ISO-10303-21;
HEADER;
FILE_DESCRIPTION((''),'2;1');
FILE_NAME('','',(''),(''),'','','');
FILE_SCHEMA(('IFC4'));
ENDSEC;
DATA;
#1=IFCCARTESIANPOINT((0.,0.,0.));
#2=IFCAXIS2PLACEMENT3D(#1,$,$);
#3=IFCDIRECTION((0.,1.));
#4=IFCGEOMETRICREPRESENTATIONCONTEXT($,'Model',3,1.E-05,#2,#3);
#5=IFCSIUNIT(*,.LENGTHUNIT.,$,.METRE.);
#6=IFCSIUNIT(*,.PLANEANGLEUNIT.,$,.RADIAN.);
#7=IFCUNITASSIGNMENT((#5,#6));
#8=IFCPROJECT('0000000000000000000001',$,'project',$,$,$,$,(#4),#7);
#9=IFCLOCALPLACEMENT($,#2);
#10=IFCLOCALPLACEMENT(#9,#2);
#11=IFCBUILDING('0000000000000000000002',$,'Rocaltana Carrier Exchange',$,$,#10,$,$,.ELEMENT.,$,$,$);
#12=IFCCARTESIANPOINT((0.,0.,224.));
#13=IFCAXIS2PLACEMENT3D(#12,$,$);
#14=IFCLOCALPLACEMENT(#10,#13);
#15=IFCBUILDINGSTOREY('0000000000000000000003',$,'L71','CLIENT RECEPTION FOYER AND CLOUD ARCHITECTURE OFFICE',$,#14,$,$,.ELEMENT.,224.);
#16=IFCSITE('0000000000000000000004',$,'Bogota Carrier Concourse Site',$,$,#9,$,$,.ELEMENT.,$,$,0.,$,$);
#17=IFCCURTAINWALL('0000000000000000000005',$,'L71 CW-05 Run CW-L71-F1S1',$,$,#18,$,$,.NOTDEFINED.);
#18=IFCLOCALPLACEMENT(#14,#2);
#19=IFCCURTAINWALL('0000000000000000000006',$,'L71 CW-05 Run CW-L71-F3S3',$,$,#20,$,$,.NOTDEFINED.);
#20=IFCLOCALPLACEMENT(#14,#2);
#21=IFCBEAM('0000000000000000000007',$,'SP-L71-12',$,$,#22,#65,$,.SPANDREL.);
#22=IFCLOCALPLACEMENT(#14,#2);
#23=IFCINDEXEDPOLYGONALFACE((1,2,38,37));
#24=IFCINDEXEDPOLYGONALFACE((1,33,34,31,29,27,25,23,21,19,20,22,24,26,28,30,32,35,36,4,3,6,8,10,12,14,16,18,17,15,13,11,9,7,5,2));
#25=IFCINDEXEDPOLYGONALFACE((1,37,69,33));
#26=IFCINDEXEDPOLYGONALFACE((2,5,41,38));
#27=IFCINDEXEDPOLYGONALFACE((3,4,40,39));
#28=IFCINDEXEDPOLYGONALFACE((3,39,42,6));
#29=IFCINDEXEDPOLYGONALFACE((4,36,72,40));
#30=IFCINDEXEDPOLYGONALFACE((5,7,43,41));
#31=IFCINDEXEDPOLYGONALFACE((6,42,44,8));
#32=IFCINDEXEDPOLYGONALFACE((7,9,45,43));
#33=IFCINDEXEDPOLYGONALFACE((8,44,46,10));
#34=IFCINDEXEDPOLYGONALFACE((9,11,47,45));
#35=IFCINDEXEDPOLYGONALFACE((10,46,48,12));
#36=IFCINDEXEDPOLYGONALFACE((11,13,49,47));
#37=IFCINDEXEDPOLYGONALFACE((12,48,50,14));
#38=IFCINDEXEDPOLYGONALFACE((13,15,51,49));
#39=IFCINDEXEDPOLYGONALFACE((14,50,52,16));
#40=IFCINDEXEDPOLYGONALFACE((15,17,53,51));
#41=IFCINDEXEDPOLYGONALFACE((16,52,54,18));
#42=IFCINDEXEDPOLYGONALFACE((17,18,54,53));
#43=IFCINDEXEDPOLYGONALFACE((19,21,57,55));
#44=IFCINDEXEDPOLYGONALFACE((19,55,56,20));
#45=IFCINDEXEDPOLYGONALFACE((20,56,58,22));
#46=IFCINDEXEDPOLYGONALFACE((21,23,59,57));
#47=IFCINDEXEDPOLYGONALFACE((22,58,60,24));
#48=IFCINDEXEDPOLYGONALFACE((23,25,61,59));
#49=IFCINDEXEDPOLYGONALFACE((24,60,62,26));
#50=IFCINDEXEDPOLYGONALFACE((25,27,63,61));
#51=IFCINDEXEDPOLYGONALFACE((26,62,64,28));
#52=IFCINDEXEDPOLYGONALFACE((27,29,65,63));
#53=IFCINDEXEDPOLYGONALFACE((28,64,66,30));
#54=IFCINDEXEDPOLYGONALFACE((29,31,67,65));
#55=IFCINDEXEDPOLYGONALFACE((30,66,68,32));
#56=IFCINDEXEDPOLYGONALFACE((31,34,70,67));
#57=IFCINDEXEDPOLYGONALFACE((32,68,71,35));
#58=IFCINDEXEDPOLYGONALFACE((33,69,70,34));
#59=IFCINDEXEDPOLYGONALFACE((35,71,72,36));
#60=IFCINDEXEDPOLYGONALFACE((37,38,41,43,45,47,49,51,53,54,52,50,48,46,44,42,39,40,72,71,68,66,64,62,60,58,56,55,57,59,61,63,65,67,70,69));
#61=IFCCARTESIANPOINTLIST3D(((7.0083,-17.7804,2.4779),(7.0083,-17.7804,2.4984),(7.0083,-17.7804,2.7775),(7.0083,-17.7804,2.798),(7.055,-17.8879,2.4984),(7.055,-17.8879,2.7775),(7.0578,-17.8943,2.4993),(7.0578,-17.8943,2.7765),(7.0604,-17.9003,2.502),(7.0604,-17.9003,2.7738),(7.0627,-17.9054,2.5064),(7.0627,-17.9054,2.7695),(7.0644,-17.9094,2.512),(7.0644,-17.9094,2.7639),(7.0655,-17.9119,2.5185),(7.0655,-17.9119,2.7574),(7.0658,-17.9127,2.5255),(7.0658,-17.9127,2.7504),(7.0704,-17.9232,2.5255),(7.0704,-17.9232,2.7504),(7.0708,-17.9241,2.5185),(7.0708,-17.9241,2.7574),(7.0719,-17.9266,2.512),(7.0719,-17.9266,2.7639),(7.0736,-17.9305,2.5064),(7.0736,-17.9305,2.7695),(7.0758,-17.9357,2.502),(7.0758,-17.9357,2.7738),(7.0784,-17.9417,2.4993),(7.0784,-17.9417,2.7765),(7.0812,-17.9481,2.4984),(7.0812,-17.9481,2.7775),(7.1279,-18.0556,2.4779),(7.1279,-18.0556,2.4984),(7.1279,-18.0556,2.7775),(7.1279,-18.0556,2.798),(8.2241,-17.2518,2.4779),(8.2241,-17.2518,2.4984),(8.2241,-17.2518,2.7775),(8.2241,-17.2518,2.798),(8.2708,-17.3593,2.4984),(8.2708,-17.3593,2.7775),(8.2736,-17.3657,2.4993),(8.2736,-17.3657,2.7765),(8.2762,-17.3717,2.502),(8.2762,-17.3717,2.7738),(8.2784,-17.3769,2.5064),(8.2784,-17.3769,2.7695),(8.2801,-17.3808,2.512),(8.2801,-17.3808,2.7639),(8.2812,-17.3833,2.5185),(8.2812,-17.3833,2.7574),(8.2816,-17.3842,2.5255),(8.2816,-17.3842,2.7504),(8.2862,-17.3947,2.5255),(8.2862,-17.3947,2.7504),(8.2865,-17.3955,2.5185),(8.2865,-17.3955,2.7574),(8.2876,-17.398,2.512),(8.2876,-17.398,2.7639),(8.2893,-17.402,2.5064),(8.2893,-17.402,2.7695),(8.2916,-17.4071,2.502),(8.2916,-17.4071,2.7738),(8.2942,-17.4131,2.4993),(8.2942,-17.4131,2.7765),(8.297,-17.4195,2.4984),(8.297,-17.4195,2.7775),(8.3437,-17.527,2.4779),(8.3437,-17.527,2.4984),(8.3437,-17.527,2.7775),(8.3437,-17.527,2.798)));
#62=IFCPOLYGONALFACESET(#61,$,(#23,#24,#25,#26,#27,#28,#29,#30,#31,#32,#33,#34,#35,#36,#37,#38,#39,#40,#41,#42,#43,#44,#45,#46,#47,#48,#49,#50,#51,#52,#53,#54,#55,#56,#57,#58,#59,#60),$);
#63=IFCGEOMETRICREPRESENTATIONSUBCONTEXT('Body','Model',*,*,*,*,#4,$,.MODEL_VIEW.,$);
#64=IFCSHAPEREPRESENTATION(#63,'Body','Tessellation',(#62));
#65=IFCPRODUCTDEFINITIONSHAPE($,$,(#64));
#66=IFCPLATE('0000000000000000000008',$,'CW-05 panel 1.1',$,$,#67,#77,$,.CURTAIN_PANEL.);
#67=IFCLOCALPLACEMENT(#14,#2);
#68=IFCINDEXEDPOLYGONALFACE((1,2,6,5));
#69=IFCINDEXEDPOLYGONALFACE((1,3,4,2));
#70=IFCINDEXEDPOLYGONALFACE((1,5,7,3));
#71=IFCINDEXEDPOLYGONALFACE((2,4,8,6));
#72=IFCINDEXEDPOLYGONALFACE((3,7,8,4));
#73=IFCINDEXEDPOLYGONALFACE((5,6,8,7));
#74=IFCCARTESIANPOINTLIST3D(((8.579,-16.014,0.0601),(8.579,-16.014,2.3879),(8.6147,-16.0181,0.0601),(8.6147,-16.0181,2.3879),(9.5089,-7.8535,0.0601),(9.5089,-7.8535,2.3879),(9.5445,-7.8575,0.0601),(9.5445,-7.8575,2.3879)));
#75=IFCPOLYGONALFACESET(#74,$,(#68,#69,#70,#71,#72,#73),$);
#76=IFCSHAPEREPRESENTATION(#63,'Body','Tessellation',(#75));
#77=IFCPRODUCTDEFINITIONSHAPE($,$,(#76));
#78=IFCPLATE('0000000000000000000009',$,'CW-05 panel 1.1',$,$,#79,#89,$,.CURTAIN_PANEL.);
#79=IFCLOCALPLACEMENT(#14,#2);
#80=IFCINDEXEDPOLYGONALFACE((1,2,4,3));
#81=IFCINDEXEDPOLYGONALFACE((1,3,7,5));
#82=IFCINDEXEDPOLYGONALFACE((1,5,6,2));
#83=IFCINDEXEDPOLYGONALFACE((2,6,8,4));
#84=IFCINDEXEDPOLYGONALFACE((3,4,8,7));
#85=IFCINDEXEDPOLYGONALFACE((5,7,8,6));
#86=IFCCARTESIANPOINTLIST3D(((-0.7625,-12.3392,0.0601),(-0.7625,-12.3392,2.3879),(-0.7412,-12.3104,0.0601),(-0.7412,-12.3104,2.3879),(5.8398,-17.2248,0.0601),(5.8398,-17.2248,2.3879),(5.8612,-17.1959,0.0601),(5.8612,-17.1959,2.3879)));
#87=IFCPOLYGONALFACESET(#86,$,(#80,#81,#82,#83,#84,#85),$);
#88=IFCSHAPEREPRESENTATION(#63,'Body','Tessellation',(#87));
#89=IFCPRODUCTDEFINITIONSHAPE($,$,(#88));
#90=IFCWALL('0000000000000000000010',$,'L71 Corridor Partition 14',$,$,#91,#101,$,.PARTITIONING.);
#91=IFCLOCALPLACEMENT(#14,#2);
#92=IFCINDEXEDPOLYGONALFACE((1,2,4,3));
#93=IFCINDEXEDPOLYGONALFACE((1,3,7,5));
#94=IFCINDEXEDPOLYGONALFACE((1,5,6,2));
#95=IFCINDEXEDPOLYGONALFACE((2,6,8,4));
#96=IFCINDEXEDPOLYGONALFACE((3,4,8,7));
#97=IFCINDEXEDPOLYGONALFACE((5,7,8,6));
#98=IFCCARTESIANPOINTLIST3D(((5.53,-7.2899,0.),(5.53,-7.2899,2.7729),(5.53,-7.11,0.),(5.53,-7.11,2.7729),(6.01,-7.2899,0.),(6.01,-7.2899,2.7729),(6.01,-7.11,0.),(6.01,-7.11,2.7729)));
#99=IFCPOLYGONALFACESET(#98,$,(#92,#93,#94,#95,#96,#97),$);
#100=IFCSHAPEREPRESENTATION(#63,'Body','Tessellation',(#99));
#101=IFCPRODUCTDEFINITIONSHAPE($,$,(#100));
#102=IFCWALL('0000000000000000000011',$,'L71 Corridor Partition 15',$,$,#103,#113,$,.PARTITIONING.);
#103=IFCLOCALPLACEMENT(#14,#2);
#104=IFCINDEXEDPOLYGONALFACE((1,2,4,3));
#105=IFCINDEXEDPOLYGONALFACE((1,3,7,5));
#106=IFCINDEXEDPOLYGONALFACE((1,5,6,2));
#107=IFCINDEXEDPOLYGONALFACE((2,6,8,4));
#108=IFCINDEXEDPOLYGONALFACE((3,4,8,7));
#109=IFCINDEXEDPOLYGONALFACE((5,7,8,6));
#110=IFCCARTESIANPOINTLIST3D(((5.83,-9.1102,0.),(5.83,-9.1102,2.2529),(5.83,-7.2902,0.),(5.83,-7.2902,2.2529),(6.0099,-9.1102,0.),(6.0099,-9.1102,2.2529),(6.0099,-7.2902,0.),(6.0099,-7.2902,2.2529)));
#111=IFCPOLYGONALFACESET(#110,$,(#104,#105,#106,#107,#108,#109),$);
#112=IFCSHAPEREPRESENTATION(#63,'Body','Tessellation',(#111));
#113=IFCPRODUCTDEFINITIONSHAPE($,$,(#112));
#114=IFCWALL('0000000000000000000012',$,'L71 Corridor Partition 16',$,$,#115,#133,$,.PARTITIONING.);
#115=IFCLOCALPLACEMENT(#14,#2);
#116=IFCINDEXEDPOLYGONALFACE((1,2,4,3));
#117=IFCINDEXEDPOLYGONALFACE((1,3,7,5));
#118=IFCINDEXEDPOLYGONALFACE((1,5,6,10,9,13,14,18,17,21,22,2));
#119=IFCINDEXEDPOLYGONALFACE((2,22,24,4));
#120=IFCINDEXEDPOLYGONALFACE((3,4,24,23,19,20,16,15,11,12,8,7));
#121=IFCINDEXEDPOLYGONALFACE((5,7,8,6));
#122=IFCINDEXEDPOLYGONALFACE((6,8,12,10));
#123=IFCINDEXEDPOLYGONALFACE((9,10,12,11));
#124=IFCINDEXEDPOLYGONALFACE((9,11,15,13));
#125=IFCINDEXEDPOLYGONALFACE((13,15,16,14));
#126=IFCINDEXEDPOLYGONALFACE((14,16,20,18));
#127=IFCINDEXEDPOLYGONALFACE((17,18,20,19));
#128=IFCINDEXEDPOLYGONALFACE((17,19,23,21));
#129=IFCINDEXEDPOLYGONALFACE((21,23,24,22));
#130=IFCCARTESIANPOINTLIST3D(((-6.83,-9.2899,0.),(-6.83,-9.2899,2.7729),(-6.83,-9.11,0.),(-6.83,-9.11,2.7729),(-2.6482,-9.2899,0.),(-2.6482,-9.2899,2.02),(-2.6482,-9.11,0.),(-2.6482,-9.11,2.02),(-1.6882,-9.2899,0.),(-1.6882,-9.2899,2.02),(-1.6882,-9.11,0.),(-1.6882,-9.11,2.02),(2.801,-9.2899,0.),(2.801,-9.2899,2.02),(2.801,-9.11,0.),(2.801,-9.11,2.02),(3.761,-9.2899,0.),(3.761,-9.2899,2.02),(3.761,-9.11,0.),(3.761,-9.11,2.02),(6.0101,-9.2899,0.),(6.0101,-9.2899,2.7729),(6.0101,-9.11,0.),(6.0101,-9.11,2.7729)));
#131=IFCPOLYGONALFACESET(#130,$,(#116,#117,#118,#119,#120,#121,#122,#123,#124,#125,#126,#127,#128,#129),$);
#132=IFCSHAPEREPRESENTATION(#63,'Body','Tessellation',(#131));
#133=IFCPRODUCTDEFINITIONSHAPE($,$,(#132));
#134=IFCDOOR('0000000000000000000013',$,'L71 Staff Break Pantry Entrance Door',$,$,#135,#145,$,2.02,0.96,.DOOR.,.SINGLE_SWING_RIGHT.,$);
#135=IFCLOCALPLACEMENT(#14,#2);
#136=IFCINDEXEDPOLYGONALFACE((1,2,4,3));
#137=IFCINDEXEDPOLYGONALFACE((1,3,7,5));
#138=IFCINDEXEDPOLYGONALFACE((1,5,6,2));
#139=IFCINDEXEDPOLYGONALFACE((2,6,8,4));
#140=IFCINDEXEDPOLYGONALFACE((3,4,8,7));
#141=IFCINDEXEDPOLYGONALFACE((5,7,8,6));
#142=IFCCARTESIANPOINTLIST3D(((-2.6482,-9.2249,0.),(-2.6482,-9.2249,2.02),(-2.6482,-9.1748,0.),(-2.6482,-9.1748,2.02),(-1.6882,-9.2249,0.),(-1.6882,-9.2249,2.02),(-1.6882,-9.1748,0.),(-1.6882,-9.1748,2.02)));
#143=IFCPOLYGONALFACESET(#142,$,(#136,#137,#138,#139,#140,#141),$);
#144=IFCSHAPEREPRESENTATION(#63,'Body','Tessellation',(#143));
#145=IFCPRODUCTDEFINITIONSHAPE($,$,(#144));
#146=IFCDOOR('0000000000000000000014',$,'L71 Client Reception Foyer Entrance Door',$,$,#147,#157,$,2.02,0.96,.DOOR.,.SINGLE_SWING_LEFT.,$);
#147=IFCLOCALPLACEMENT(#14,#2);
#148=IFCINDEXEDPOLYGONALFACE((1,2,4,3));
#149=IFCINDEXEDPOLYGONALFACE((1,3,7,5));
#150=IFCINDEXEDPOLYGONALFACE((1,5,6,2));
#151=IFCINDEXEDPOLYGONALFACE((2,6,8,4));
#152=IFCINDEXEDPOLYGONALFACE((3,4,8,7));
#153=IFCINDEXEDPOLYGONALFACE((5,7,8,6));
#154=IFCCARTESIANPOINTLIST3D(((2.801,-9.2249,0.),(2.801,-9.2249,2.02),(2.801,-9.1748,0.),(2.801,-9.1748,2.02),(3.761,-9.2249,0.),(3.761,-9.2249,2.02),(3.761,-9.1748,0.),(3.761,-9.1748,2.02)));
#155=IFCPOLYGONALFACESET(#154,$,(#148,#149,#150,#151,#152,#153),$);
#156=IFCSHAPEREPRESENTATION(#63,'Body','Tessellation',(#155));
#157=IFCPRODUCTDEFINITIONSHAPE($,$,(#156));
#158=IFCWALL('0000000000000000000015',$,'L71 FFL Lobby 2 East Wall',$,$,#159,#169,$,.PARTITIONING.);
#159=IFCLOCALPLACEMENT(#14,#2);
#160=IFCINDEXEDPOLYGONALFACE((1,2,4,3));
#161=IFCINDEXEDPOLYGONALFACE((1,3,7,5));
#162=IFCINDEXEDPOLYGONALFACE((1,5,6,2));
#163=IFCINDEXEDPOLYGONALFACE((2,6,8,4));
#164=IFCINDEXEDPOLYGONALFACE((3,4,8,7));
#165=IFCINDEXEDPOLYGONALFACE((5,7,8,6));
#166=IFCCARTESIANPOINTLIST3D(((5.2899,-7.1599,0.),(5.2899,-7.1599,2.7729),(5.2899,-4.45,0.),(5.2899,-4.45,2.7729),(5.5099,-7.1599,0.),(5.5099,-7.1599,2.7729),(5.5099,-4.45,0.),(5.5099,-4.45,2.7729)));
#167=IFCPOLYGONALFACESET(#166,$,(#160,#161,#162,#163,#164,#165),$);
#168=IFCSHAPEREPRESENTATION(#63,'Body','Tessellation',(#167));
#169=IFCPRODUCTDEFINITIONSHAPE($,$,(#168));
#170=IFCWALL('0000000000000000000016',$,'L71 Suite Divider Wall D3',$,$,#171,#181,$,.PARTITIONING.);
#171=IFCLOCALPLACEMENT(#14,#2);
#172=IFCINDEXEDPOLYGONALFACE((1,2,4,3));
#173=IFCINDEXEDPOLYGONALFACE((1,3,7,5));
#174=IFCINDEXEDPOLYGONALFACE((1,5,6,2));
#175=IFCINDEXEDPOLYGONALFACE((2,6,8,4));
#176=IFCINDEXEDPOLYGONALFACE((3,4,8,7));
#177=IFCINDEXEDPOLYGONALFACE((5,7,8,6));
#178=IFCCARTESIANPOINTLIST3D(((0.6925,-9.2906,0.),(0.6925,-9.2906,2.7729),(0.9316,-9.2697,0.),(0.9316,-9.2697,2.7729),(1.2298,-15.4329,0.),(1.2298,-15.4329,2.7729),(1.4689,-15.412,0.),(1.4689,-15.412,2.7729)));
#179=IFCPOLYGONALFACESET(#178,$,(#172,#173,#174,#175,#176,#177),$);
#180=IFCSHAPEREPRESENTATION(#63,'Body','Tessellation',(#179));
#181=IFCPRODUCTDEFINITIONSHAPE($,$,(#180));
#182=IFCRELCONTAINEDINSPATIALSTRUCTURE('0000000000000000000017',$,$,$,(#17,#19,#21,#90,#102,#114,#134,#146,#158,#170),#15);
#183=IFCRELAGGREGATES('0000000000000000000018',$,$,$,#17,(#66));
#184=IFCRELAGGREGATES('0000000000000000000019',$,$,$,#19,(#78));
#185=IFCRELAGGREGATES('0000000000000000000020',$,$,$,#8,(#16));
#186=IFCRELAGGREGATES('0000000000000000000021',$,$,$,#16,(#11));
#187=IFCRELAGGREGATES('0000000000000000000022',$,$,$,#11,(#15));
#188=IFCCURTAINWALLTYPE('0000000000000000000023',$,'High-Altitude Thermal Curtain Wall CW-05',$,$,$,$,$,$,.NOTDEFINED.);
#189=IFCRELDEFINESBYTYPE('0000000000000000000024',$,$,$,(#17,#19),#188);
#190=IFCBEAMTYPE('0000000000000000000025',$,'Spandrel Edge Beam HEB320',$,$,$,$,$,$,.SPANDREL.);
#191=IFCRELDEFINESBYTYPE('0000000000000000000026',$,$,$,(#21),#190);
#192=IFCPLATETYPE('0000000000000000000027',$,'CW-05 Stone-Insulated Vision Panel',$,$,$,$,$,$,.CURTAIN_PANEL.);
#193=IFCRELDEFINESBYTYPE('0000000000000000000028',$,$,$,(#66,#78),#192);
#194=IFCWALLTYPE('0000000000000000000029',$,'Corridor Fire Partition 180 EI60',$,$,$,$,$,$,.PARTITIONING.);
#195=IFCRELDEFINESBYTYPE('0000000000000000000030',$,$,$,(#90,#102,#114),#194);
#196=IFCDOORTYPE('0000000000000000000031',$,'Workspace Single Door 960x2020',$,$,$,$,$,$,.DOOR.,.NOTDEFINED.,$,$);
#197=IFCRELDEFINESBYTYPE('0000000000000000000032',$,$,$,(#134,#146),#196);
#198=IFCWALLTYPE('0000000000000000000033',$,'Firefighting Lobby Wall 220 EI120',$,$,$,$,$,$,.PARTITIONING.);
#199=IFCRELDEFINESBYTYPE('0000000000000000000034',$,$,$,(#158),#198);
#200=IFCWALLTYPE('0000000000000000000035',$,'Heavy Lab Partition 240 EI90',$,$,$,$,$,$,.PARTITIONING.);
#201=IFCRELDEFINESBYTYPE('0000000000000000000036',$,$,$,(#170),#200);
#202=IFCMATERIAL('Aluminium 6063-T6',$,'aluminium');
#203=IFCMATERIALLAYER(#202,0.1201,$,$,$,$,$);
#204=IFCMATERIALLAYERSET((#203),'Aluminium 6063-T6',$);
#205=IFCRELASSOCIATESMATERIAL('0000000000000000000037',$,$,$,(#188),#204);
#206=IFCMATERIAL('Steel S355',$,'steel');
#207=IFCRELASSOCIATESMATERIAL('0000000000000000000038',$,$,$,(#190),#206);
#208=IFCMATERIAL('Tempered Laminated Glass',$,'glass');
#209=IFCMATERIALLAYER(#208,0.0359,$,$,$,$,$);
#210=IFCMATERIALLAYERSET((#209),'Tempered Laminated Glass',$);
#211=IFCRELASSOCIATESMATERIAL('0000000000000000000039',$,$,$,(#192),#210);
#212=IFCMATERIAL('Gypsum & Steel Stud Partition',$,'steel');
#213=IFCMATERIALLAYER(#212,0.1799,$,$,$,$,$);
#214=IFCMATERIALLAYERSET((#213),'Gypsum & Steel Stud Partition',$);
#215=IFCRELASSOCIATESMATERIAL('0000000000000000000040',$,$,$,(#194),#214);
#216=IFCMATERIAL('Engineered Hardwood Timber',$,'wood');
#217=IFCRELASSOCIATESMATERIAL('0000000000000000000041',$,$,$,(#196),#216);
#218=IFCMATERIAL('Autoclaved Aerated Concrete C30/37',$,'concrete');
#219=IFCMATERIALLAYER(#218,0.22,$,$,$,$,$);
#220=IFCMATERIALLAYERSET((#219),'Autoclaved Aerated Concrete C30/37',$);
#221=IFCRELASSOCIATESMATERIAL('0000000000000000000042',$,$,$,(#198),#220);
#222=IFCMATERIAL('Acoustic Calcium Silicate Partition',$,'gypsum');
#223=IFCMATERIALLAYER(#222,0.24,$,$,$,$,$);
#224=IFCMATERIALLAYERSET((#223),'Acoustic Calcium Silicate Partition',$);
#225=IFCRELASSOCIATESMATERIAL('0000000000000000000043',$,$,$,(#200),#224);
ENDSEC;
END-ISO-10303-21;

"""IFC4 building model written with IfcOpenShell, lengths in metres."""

from ifc_helpers import new_model, si_unit, direction, frame, frame_2d, origin, origin_2d, place, context, subcontext, project, spatial, rectangle, i_section, extrude, material, layer, layer_set, material_profile, profile_set, type_object, element, fill, aggregate, save


model = new_model("IFC4")

# Units and contexts
model_context = context("Model", 3, precision=1e-05, world=origin(), true_north=direction((0.0, 1.0)))
body_context = subcontext(model_context, "Body", "Model", "MODEL_VIEW")
ifc_project = project(units=[si_unit("LENGTHUNIT", "METRE"), si_unit("PLANEANGLEUNIT", "RADIAN")], contexts=[model_context])

# Site, building, storey
site_placement = place(None, origin())
site = spatial("IfcSite", under=ifc_project, at=site_placement, Name="Bogota Carrier Concourse Site", CompositionType="ELEMENT", RefElevation=0.0)
building_placement = place(site_placement, origin())
building = spatial("IfcBuilding", under=site, at=building_placement, Name="Rocaltana Carrier Exchange", CompositionType="ELEMENT")
storey_placement = place(building_placement, frame((0.0, 0.0, 224.0)))
storey = spatial("IfcBuildingStorey", under=building, at=storey_placement, Name="L71", Description="CLIENT RECEPTION FOYER AND CLOUD ARCHITECTURE OFFICE", CompositionType="ELEMENT", Elevation=224.0)

# Curtain wall
ifc_material_1 = material(Name="Aluminium 6063-T6", Category="aluminium")
ifc_layer_1 = layer(ifc_material_1, 0.1201)
ifc_layer_set_1 = layer_set([ifc_layer_1], Name="Aluminium 6063-T6")
curtain_wall_type = type_object("IfcCurtainWallType", Name="High-Altitude Thermal Curtain Wall CW-05", PredefinedType="NOTDEFINED", material=ifc_layer_set_1)
curtain_wall_1_placement = place(storey_placement, origin())
curtain_wall_1 = element("IfcCurtainWall", 1, at=curtain_wall_1_placement, inside=storey, type_object=curtain_wall_type, Name="L71 CW-05 Run CW-L71-F1S1", PredefinedType="NOTDEFINED")

# Curtain wall
curtain_wall_2_placement = place(storey_placement, origin())
curtain_wall_2 = element("IfcCurtainWall", 2, at=curtain_wall_2_placement, inside=storey, type_object=curtain_wall_type, Name="L71 CW-05 Run CW-L71-F3S3", PredefinedType="NOTDEFINED")

# Beam
ifc_material_2 = material(Name="Steel S355", Category="steel")
ifc_material_profile_1 = material_profile(ifc_material_2, i_section(OverallWidth=0.3, OverallDepth=0.3201, WebThickness=0.0115, FlangeThickness=0.0205, FilletRadius=0.0271, at=origin_2d()), Name="HEB320")
ifc_profile_set_1 = profile_set([ifc_material_profile_1], Name="Steel S355")
beam_type_1 = type_object("IfcBeamType", Name="Spandrel Edge Beam HEB320", PredefinedType="SPANDREL", material=ifc_profile_set_1)
beam_1_placement = place(storey_placement, frame((7.0681, -17.918, 2.6379), z_axis=(0.917085, 0.398692, 0.0), x_axis=(-0.398692, 0.917085, 0.0)))
element("IfcBeam", 3, at=beam_1_placement, inside=storey, type_object=beam_type_1, Name="SP-L71-12", PredefinedType="SPANDREL", context=body_context, shape_type="SweptSolid", body=[
    extrude(i_section(OverallWidth=0.3, OverallDepth=0.3201, WebThickness=0.0115, FlangeThickness=0.0205, FilletRadius=0.0271, at=origin_2d()), origin(), (0.0, 0.0, 1.0), 1.3257),
])

# Plates
ifc_material_3 = material(Name="Tempered Laminated Glass", Category="glass")
ifc_layer_2 = layer(ifc_material_3, 0.0359)
ifc_layer_set_2 = layer_set([ifc_layer_2], Name="Tempered Laminated Glass")
plate_type = type_object("IfcPlateType", Name="CW-05 Stone-Insulated Vision Panel", PredefinedType="CURTAIN_PANEL", material=ifc_layer_set_2)
plate_1_placement = place(storey_placement, frame((9.0618, -11.9358, 0.0601), z_axis=(0.0, 0.0, 1.0), x_axis=(0.113209, 0.993571, 0.0)))
plate_1 = element("IfcPlate", 4, at=plate_1_placement, type_object=plate_type, Name="CW-05 panel 1.1", PredefinedType="CURTAIN_PANEL", context=body_context, shape_type="SweptSolid", body=[
    extrude(rectangle(XDim=8.2134, YDim=0.0359, at=origin_2d()), origin(), (0.0, 0.0, 1.0), 2.3279),
])
aggregate(curtain_wall_1, [plate_1])
plate_2_placement = place(storey_placement, frame((2.5493, -14.7676, 0.0601), z_axis=(0.0, 0.0, 1.0), x_axis=(0.803854, -0.594827, 0.0)))
plate_2 = element("IfcPlate", 5, at=plate_2_placement, type_object=plate_type, Name="CW-05 panel 1.1", PredefinedType="CURTAIN_PANEL", context=body_context, shape_type="SweptSolid", body=[
    extrude(rectangle(XDim=8.2134, YDim=0.0359, at=origin_2d()), origin(), (0.0, 0.0, 1.0), 2.3279),
])
aggregate(curtain_wall_2, [plate_2])

# Walls
ifc_material_4 = material(Name="Gypsum & Steel Stud Partition", Category="steel")
ifc_layer_3 = layer(ifc_material_4, 0.1799)
ifc_layer_set_3 = layer_set([ifc_layer_3], Name="Gypsum & Steel Stud Partition")
wall_type_1 = type_object("IfcWallType", Name="Corridor Fire Partition 180 EI60", PredefinedType="PARTITIONING", material=ifc_layer_set_3)
wall_1_placement = place(storey_placement, frame((5.53, -7.2, 0.0), z_axis=(0.0, 0.0, 1.0), x_axis=(1.0, 0.0, 0.0)))
element("IfcWall", 6, at=wall_1_placement, inside=storey, type_object=wall_type_1, Name="L71 Corridor Partition 14", PredefinedType="PARTITIONING", context=body_context, shape_type="SweptSolid", body=[
    extrude(rectangle(XDim=0.48, YDim=0.1799, at=frame_2d((0.24, 0.0))), origin(), (0.0, 0.0, 1.0), 2.7729),
])
wall_2_placement = place(storey_placement, frame((5.9199, -7.29, 0.0), z_axis=(0.0, 0.0, 1.0), x_axis=(0.0, -1.0, 0.0)))
element("IfcWall", 7, at=wall_2_placement, inside=storey, type_object=wall_type_1, Name="L71 Corridor Partition 15", PredefinedType="PARTITIONING", context=body_context, shape_type="SweptSolid", body=[
    extrude(rectangle(XDim=1.8201, YDim=0.1799, at=frame_2d((0.9102, 0.0))), origin(), (0.0, 0.0, 1.0), 2.2529),
])

# Wall, openings, doors
wall_3_placement = place(storey_placement, frame((6.01, -9.2, 0.0), z_axis=(0.0, 0.0, 1.0), x_axis=(-1.0, 0.0, 0.0)))
wall_3 = element("IfcWall", 8, at=wall_3_placement, inside=storey, type_object=wall_type_1, Name="L71 Corridor Partition 16", PredefinedType="PARTITIONING", context=body_context, shape_type="SweptSolid", body=[
    extrude(rectangle(XDim=12.8401, YDim=0.1799, at=frame_2d((6.4199, 0.0))), origin(), (0.0, 0.0, 1.0), 2.7729),
])
opening_1_placement = place(wall_3_placement, frame((7.6982, 0.0, 0.0)))
opening_1 = element("IfcOpeningElement", 9, at=opening_1_placement, cuts=wall_3, PredefinedType="OPENING", context=body_context, shape_type="SweptSolid", body=[
    extrude(rectangle(XDim=0.96, YDim=2.02, at=frame_2d((0.48, 1.01))), frame((0.0, 0.0999, 0.0), z_axis=(0.0, -1.0, 0.0), x_axis=(1.0, 0.0, 0.0)), (0.0, 0.0, 1.0), 0.2),
])
opening_2_placement = place(wall_3_placement, frame((2.249, 0.0, 0.0)))
opening_2 = element("IfcOpeningElement", 10, at=opening_2_placement, cuts=wall_3, PredefinedType="OPENING", context=body_context, shape_type="SweptSolid", body=[
    extrude(rectangle(XDim=0.96, YDim=2.02, at=frame_2d((0.48, 1.01))), frame((0.0, 0.0999, 0.0), z_axis=(0.0, -1.0, 0.0), x_axis=(1.0, 0.0, 0.0)), (0.0, 0.0, 1.0), 0.2),
])
ifc_material_5 = material(Name="Engineered Hardwood Timber", Category="wood")
door_type = type_object("IfcDoorType", Name="Workspace Single Door 960x2020", OperationType="NOTDEFINED", PredefinedType="DOOR", material=ifc_material_5)
door_1_placement = place(opening_1_placement, origin())
door_1 = element("IfcDoor", 11, at=door_1_placement, inside=storey, type_object=door_type, Name="L71 Staff Break Pantry Entrance Door", OperationType="SINGLE_SWING_RIGHT", OverallHeight=2.02, OverallWidth=0.96, PredefinedType="DOOR", context=body_context, shape_type="SweptSolid", body=[
    extrude(rectangle(XDim=0.96, YDim=2.02, at=frame_2d((0.48, 1.01))), frame((0.0, 0.0249, 0.0), z_axis=(0.0, -1.0, 0.0), x_axis=(1.0, 0.0, 0.0)), (0.0, 0.0, 1.0), 0.05),
])
fill(opening_1, door_1)
door_2_placement = place(opening_2_placement, origin())
door_2 = element("IfcDoor", 12, at=door_2_placement, inside=storey, type_object=door_type, Name="L71 Client Reception Foyer Entrance Door", OperationType="SINGLE_SWING_LEFT", OverallHeight=2.02, OverallWidth=0.96, PredefinedType="DOOR", context=body_context, shape_type="SweptSolid", body=[
    extrude(rectangle(XDim=0.96, YDim=2.02, at=frame_2d((0.48, 1.01))), frame((0.0, 0.0249, 0.0), z_axis=(0.0, -1.0, 0.0), x_axis=(1.0, 0.0, 0.0)), (0.0, 0.0, 1.0), 0.05),
])
fill(opening_2, door_2)

# Walls
ifc_material_6 = material(Name="Autoclaved Aerated Concrete C30/37", Category="concrete")
ifc_layer_4 = layer(ifc_material_6, 0.22)
ifc_layer_set_4 = layer_set([ifc_layer_4], Name="Autoclaved Aerated Concrete C30/37")
wall_type_2 = type_object("IfcWallType", Name="Firefighting Lobby Wall 220 EI120", PredefinedType="PARTITIONING", material=ifc_layer_set_4)
wall_4_placement = place(storey_placement, frame((5.3999, -7.1599, 0.0), z_axis=(0.0, 0.0, 1.0), x_axis=(0.0, 1.0, 0.0)))
element("IfcWall", 13, at=wall_4_placement, inside=storey, type_object=wall_type_2, Name="L71 FFL Lobby 2 East Wall", PredefinedType="PARTITIONING", context=body_context, shape_type="SweptSolid", body=[
    extrude(rectangle(XDim=2.71, YDim=0.22, at=frame_2d((1.355, 0.0))), origin(), (0.0, 0.0, 1.0), 2.7729),
])
ifc_material_7 = material(Name="Acoustic Calcium Silicate Partition", Category="gypsum")
ifc_layer_5 = layer(ifc_material_7, 0.24)
ifc_layer_set_5 = layer_set([ifc_layer_5], Name="Acoustic Calcium Silicate Partition")
wall_type_3 = type_object("IfcWallType", Name="Heavy Lab Partition 240 EI90", PredefinedType="PARTITIONING", material=ifc_layer_set_5)
wall_5_placement = place(storey_placement, frame((0.812, -9.28, 0.0), z_axis=(0.0, 0.0, 1.0), x_axis=(0.087151, -0.996195, 0.0)))
element("IfcWall", 14, at=wall_5_placement, inside=storey, type_object=wall_type_3, Name="L71 Suite Divider Wall D3", PredefinedType="PARTITIONING", context=body_context, shape_type="SweptSolid", body=[
    extrude(rectangle(XDim=6.1658, YDim=0.24, at=frame_2d((3.083, 0.0))), origin(), (0.0, 0.0, 1.0), 2.7729),
])

save(model, "model.ifc")
